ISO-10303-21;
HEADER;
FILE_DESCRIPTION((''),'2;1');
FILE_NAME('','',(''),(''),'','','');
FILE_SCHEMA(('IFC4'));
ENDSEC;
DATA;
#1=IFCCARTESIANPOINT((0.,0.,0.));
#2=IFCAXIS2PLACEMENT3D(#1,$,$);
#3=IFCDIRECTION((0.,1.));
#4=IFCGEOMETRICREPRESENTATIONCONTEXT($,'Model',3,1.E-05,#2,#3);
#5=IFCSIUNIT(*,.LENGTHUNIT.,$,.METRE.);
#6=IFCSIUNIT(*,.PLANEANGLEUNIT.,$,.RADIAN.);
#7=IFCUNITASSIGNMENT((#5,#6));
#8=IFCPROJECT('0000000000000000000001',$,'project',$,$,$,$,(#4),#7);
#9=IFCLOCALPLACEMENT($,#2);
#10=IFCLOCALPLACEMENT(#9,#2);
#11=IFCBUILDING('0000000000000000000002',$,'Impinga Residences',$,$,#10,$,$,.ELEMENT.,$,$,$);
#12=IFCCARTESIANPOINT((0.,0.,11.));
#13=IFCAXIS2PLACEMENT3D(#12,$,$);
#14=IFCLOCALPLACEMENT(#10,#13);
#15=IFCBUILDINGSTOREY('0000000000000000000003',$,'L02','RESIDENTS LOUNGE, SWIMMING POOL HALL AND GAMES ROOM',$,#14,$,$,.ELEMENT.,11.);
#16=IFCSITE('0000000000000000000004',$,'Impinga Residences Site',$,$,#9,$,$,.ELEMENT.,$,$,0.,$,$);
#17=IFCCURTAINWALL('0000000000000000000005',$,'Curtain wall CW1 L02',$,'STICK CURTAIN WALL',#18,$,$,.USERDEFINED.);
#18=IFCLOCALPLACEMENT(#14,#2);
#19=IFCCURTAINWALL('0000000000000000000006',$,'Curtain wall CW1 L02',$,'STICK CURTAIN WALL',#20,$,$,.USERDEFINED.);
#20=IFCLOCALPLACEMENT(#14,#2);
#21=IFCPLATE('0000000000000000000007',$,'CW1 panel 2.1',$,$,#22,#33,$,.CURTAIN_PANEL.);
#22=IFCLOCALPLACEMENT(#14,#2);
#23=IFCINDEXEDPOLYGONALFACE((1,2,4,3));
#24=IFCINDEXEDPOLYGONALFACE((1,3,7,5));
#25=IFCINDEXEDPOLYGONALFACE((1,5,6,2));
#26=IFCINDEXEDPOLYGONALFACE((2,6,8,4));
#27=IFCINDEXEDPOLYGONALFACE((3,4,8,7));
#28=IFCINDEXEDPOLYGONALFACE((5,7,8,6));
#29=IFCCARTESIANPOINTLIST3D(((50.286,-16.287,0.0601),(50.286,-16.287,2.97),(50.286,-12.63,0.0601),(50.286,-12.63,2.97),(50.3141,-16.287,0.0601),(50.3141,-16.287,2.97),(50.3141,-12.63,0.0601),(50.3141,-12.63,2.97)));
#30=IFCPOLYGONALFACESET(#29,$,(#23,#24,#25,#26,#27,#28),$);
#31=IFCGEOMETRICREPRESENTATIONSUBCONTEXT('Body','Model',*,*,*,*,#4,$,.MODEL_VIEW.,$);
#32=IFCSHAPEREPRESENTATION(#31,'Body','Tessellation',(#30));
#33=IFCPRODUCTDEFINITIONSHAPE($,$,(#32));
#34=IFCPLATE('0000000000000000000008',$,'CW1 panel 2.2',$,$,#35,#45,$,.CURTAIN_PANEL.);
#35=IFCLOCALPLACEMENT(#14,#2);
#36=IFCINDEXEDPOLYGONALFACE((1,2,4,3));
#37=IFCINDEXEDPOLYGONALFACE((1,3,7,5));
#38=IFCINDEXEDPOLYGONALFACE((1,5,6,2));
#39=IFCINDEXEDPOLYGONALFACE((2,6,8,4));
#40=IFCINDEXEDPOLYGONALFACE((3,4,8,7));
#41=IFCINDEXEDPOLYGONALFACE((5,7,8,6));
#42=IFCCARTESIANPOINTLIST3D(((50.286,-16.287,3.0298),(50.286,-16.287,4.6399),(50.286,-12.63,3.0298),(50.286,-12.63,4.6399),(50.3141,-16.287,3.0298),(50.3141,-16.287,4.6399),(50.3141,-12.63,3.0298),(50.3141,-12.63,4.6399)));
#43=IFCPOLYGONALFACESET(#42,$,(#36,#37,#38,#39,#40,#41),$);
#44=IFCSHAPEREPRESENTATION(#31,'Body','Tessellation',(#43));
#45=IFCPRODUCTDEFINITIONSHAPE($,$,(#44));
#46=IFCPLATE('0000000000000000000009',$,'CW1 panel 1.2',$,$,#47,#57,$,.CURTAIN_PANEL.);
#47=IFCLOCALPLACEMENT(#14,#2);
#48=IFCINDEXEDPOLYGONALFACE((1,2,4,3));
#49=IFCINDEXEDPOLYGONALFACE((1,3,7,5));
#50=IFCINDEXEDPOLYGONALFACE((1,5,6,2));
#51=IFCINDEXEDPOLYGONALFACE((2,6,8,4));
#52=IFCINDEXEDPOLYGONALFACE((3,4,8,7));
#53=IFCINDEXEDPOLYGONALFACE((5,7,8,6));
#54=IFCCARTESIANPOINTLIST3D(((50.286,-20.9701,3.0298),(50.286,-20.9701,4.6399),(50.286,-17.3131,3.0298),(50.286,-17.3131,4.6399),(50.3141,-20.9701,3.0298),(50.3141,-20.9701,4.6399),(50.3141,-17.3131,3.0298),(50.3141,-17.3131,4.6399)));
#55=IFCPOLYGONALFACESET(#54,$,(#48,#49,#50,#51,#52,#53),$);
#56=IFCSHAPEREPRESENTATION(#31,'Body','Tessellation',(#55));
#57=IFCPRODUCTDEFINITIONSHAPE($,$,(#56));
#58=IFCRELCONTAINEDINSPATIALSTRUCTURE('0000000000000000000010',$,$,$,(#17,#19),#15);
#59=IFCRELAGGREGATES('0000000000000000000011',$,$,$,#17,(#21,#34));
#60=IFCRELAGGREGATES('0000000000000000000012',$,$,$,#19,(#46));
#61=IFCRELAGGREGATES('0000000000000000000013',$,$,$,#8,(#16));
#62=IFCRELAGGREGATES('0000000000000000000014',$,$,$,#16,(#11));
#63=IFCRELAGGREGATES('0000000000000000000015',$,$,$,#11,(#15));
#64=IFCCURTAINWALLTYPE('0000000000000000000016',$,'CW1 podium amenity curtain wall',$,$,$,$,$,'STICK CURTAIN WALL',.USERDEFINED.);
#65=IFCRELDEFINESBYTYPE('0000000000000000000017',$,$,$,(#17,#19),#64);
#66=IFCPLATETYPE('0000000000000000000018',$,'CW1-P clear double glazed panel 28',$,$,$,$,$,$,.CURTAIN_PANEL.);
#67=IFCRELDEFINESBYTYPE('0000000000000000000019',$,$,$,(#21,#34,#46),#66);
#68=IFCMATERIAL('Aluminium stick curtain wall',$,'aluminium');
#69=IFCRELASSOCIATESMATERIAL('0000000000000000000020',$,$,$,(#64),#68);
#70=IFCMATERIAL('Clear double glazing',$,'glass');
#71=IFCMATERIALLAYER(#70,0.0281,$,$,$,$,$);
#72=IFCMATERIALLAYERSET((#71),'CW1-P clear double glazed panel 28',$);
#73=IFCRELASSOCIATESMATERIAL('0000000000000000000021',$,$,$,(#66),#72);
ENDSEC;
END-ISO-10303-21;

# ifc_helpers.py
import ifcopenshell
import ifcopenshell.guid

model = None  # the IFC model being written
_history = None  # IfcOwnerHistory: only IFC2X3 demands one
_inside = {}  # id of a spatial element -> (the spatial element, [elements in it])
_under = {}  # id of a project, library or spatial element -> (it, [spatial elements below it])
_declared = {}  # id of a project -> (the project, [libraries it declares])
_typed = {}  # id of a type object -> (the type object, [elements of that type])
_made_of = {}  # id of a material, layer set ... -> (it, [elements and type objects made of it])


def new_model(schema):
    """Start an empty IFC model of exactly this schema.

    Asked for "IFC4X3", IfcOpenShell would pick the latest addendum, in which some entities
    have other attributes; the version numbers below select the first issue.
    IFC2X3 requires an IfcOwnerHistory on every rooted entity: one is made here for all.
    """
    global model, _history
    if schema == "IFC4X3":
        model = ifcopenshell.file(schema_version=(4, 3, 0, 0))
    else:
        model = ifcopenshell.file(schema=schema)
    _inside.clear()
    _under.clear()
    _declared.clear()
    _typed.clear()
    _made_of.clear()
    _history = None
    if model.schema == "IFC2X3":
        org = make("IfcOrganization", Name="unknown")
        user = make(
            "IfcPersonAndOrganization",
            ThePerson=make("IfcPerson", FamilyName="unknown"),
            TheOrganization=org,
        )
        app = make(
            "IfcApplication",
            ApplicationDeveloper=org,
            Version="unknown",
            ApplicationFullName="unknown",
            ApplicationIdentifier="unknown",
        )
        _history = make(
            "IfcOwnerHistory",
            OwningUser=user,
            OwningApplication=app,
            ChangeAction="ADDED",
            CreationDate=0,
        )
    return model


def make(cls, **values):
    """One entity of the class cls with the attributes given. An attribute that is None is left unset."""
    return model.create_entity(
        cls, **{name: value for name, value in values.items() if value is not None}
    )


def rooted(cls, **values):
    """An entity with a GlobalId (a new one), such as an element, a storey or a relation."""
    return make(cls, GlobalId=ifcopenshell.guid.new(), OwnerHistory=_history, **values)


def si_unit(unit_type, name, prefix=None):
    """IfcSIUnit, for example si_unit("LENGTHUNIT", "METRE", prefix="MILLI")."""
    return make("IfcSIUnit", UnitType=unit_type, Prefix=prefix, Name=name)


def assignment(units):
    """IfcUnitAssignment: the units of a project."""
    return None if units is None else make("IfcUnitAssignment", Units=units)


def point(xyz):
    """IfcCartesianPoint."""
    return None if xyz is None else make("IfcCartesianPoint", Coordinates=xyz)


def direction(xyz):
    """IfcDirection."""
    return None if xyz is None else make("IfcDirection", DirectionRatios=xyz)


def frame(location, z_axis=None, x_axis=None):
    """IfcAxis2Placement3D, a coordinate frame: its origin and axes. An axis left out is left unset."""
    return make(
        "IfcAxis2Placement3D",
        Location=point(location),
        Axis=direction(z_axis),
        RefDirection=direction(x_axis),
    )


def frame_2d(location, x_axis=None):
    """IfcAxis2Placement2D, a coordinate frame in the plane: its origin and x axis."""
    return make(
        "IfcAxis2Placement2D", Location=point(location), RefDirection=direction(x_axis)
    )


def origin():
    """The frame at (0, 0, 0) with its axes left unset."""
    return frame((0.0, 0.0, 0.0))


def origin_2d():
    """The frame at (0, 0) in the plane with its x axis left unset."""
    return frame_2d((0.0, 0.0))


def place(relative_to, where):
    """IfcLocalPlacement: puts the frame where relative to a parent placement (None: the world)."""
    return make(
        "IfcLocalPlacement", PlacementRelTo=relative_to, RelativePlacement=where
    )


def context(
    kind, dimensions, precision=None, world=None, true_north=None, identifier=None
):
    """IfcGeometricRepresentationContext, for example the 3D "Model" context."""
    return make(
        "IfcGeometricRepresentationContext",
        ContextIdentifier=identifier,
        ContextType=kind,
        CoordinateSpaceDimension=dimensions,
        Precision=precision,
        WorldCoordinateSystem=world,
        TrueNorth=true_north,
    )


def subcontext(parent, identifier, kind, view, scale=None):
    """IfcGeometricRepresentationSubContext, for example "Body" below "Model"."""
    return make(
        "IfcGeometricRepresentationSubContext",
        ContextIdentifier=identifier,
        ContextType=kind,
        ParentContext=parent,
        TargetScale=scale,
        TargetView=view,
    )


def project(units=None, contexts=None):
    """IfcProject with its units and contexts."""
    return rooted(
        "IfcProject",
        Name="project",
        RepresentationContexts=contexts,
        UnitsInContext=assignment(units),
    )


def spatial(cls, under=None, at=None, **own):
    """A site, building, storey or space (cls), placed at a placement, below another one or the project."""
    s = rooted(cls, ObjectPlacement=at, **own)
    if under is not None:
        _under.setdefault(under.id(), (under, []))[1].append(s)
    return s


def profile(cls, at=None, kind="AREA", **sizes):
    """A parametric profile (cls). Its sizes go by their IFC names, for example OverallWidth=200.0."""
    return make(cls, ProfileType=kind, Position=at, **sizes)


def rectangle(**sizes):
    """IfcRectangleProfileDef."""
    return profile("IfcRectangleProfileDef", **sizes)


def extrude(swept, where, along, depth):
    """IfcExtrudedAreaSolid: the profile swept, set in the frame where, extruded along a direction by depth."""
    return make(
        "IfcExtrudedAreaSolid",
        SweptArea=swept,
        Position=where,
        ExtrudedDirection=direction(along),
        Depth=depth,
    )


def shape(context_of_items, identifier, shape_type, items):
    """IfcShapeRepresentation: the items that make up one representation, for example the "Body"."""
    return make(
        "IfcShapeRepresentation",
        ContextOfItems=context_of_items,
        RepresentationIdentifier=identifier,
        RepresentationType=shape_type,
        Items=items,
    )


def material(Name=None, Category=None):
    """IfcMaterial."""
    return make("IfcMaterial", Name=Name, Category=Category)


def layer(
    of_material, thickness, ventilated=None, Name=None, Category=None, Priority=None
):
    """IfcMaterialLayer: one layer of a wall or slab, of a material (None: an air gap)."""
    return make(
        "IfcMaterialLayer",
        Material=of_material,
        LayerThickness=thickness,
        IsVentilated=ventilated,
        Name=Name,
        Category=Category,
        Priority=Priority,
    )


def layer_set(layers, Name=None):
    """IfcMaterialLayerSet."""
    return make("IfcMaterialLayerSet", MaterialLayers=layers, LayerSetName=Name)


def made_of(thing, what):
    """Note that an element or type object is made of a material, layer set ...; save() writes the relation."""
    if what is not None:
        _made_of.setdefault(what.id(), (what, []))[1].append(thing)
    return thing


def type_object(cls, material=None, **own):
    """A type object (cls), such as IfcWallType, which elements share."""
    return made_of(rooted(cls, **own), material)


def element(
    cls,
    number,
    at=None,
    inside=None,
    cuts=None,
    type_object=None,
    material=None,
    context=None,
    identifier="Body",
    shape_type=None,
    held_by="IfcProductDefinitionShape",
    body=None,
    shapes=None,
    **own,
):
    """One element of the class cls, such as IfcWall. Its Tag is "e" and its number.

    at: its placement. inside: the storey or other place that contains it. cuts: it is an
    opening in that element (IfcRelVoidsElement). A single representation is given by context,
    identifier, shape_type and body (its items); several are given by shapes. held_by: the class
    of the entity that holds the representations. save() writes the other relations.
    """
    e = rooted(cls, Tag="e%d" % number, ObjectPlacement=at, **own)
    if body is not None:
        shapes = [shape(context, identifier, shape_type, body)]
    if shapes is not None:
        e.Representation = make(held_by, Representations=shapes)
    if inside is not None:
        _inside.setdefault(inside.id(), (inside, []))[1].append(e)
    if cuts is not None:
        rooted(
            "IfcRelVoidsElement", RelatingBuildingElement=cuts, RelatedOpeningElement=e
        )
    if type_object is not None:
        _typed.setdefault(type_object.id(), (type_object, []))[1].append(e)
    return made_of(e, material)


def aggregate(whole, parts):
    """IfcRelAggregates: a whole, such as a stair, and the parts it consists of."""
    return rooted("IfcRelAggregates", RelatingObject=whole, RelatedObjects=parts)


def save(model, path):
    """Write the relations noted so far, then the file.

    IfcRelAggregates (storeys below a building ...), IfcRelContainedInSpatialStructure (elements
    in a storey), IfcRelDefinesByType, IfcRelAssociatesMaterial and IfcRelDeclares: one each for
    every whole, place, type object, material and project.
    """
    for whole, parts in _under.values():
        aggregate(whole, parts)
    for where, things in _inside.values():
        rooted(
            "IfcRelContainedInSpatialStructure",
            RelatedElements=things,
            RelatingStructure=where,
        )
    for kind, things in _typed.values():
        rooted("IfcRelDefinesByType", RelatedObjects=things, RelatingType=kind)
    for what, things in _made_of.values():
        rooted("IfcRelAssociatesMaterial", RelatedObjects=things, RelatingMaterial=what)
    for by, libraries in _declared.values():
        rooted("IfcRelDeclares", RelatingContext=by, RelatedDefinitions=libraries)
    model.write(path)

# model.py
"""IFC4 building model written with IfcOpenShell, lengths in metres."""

from ifc_helpers import new_model, si_unit, direction, frame, origin, origin_2d, place, context, subcontext, project, spatial, rectangle, extrude, material, layer, layer_set, type_object, element, aggregate, save


model = new_model("IFC4")

# Units and contexts
model_context = context("Model", 3, precision=1e-05, world=origin(), true_north=direction((0.0, 1.0)))
body_context = subcontext(model_context, "Body", "Model", "MODEL_VIEW")
ifc_project = project(units=[si_unit("LENGTHUNIT", "METRE"), si_unit("PLANEANGLEUNIT", "RADIAN")], contexts=[model_context])

# Site, building, storey
site_placement = place(None, origin())
site = spatial("IfcSite", under=ifc_project, at=site_placement, Name="Impinga Residences Site", CompositionType="ELEMENT", RefElevation=0.0)
building_placement = place(site_placement, origin())
building = spatial("IfcBuilding", under=site, at=building_placement, Name="Impinga Residences", CompositionType="ELEMENT")
storey_placement = place(building_placement, frame((0.0, 0.0, 11.0)))
storey = spatial("IfcBuildingStorey", under=building, at=storey_placement, Name="L02", Description="RESIDENTS LOUNGE, SWIMMING POOL HALL AND GAMES ROOM", CompositionType="ELEMENT", Elevation=11.0)

# Shared definitions
ifc_material_1 = material(Name="Aluminium stick curtain wall", Category="aluminium")
curtain_wall_type = type_object("IfcCurtainWallType", Name="CW1 podium amenity curtain wall", ElementType="STICK CURTAIN WALL", PredefinedType="USERDEFINED", material=ifc_material_1)

# Curtain wall
curtain_wall_1_placement = place(storey_placement, origin())
curtain_wall_1 = element("IfcCurtainWall", 1, at=curtain_wall_1_placement, inside=storey, type_object=curtain_wall_type, Name="Curtain wall CW1 L02", ObjectType="STICK CURTAIN WALL", PredefinedType="USERDEFINED")

# Curtain wall
curtain_wall_2_placement = place(storey_placement, origin())
curtain_wall_2 = element("IfcCurtainWall", 2, at=curtain_wall_2_placement, inside=storey, type_object=curtain_wall_type, Name="Curtain wall CW1 L02", ObjectType="STICK CURTAIN WALL", PredefinedType="USERDEFINED")

# Plates
ifc_material_2 = material(Name="Clear double glazing", Category="glass")
ifc_layer = layer(ifc_material_2, 0.0281)
ifc_layer_set = layer_set([ifc_layer], Name="CW1-P clear double glazed panel 28")
plate_type = type_object("IfcPlateType", Name="CW1-P clear double glazed panel 28", PredefinedType="CURTAIN_PANEL", material=ifc_layer_set)
plate_1_placement = place(storey_placement, frame((50.3, -14.4585, 0.0601), z_axis=(0.0, 0.0, 1.0), x_axis=(0.0, -1.0, 0.0)))
plate_1 = element("IfcPlate", 3, at=plate_1_placement, type_object=plate_type, Name="CW1 panel 2.1", PredefinedType="CURTAIN_PANEL", context=body_context, shape_type="SweptSolid", body=[
    extrude(rectangle(XDim=3.657, YDim=0.0281, at=origin_2d()), origin(), (0.0, 0.0, 1.0), 2.9099),
])
plate_2_placement = place(storey_placement, frame((50.3, -14.4585, 3.0298), z_axis=(0.0, 0.0, 1.0), x_axis=(0.0, -1.0, 0.0)))
plate_2 = element("IfcPlate", 4, at=plate_2_placement, type_object=plate_type, Name="CW1 panel 2.2", PredefinedType="CURTAIN_PANEL", context=body_context, shape_type="SweptSolid", body=[
    extrude(rectangle(XDim=3.657, YDim=0.0281, at=origin_2d()), origin(), (0.0, 0.0, 1.0), 1.6101),
])
aggregate(curtain_wall_1, [plate_1, plate_2])
plate_3_placement = place(storey_placement, frame((50.3, -19.1416, 3.0298), z_axis=(0.0, 0.0, 1.0), x_axis=(0.0, -1.0, 0.0)))
plate_3 = element("IfcPlate", 5, at=plate_3_placement, type_object=plate_type, Name="CW1 panel 1.2", PredefinedType="CURTAIN_PANEL", context=body_context, shape_type="SweptSolid", body=[
    extrude(rectangle(XDim=3.657, YDim=0.0281, at=origin_2d()), origin(), (0.0, 0.0, 1.0), 1.6101),
])
aggregate(curtain_wall_2, [plate_3])

save(model, "model.ifc")
